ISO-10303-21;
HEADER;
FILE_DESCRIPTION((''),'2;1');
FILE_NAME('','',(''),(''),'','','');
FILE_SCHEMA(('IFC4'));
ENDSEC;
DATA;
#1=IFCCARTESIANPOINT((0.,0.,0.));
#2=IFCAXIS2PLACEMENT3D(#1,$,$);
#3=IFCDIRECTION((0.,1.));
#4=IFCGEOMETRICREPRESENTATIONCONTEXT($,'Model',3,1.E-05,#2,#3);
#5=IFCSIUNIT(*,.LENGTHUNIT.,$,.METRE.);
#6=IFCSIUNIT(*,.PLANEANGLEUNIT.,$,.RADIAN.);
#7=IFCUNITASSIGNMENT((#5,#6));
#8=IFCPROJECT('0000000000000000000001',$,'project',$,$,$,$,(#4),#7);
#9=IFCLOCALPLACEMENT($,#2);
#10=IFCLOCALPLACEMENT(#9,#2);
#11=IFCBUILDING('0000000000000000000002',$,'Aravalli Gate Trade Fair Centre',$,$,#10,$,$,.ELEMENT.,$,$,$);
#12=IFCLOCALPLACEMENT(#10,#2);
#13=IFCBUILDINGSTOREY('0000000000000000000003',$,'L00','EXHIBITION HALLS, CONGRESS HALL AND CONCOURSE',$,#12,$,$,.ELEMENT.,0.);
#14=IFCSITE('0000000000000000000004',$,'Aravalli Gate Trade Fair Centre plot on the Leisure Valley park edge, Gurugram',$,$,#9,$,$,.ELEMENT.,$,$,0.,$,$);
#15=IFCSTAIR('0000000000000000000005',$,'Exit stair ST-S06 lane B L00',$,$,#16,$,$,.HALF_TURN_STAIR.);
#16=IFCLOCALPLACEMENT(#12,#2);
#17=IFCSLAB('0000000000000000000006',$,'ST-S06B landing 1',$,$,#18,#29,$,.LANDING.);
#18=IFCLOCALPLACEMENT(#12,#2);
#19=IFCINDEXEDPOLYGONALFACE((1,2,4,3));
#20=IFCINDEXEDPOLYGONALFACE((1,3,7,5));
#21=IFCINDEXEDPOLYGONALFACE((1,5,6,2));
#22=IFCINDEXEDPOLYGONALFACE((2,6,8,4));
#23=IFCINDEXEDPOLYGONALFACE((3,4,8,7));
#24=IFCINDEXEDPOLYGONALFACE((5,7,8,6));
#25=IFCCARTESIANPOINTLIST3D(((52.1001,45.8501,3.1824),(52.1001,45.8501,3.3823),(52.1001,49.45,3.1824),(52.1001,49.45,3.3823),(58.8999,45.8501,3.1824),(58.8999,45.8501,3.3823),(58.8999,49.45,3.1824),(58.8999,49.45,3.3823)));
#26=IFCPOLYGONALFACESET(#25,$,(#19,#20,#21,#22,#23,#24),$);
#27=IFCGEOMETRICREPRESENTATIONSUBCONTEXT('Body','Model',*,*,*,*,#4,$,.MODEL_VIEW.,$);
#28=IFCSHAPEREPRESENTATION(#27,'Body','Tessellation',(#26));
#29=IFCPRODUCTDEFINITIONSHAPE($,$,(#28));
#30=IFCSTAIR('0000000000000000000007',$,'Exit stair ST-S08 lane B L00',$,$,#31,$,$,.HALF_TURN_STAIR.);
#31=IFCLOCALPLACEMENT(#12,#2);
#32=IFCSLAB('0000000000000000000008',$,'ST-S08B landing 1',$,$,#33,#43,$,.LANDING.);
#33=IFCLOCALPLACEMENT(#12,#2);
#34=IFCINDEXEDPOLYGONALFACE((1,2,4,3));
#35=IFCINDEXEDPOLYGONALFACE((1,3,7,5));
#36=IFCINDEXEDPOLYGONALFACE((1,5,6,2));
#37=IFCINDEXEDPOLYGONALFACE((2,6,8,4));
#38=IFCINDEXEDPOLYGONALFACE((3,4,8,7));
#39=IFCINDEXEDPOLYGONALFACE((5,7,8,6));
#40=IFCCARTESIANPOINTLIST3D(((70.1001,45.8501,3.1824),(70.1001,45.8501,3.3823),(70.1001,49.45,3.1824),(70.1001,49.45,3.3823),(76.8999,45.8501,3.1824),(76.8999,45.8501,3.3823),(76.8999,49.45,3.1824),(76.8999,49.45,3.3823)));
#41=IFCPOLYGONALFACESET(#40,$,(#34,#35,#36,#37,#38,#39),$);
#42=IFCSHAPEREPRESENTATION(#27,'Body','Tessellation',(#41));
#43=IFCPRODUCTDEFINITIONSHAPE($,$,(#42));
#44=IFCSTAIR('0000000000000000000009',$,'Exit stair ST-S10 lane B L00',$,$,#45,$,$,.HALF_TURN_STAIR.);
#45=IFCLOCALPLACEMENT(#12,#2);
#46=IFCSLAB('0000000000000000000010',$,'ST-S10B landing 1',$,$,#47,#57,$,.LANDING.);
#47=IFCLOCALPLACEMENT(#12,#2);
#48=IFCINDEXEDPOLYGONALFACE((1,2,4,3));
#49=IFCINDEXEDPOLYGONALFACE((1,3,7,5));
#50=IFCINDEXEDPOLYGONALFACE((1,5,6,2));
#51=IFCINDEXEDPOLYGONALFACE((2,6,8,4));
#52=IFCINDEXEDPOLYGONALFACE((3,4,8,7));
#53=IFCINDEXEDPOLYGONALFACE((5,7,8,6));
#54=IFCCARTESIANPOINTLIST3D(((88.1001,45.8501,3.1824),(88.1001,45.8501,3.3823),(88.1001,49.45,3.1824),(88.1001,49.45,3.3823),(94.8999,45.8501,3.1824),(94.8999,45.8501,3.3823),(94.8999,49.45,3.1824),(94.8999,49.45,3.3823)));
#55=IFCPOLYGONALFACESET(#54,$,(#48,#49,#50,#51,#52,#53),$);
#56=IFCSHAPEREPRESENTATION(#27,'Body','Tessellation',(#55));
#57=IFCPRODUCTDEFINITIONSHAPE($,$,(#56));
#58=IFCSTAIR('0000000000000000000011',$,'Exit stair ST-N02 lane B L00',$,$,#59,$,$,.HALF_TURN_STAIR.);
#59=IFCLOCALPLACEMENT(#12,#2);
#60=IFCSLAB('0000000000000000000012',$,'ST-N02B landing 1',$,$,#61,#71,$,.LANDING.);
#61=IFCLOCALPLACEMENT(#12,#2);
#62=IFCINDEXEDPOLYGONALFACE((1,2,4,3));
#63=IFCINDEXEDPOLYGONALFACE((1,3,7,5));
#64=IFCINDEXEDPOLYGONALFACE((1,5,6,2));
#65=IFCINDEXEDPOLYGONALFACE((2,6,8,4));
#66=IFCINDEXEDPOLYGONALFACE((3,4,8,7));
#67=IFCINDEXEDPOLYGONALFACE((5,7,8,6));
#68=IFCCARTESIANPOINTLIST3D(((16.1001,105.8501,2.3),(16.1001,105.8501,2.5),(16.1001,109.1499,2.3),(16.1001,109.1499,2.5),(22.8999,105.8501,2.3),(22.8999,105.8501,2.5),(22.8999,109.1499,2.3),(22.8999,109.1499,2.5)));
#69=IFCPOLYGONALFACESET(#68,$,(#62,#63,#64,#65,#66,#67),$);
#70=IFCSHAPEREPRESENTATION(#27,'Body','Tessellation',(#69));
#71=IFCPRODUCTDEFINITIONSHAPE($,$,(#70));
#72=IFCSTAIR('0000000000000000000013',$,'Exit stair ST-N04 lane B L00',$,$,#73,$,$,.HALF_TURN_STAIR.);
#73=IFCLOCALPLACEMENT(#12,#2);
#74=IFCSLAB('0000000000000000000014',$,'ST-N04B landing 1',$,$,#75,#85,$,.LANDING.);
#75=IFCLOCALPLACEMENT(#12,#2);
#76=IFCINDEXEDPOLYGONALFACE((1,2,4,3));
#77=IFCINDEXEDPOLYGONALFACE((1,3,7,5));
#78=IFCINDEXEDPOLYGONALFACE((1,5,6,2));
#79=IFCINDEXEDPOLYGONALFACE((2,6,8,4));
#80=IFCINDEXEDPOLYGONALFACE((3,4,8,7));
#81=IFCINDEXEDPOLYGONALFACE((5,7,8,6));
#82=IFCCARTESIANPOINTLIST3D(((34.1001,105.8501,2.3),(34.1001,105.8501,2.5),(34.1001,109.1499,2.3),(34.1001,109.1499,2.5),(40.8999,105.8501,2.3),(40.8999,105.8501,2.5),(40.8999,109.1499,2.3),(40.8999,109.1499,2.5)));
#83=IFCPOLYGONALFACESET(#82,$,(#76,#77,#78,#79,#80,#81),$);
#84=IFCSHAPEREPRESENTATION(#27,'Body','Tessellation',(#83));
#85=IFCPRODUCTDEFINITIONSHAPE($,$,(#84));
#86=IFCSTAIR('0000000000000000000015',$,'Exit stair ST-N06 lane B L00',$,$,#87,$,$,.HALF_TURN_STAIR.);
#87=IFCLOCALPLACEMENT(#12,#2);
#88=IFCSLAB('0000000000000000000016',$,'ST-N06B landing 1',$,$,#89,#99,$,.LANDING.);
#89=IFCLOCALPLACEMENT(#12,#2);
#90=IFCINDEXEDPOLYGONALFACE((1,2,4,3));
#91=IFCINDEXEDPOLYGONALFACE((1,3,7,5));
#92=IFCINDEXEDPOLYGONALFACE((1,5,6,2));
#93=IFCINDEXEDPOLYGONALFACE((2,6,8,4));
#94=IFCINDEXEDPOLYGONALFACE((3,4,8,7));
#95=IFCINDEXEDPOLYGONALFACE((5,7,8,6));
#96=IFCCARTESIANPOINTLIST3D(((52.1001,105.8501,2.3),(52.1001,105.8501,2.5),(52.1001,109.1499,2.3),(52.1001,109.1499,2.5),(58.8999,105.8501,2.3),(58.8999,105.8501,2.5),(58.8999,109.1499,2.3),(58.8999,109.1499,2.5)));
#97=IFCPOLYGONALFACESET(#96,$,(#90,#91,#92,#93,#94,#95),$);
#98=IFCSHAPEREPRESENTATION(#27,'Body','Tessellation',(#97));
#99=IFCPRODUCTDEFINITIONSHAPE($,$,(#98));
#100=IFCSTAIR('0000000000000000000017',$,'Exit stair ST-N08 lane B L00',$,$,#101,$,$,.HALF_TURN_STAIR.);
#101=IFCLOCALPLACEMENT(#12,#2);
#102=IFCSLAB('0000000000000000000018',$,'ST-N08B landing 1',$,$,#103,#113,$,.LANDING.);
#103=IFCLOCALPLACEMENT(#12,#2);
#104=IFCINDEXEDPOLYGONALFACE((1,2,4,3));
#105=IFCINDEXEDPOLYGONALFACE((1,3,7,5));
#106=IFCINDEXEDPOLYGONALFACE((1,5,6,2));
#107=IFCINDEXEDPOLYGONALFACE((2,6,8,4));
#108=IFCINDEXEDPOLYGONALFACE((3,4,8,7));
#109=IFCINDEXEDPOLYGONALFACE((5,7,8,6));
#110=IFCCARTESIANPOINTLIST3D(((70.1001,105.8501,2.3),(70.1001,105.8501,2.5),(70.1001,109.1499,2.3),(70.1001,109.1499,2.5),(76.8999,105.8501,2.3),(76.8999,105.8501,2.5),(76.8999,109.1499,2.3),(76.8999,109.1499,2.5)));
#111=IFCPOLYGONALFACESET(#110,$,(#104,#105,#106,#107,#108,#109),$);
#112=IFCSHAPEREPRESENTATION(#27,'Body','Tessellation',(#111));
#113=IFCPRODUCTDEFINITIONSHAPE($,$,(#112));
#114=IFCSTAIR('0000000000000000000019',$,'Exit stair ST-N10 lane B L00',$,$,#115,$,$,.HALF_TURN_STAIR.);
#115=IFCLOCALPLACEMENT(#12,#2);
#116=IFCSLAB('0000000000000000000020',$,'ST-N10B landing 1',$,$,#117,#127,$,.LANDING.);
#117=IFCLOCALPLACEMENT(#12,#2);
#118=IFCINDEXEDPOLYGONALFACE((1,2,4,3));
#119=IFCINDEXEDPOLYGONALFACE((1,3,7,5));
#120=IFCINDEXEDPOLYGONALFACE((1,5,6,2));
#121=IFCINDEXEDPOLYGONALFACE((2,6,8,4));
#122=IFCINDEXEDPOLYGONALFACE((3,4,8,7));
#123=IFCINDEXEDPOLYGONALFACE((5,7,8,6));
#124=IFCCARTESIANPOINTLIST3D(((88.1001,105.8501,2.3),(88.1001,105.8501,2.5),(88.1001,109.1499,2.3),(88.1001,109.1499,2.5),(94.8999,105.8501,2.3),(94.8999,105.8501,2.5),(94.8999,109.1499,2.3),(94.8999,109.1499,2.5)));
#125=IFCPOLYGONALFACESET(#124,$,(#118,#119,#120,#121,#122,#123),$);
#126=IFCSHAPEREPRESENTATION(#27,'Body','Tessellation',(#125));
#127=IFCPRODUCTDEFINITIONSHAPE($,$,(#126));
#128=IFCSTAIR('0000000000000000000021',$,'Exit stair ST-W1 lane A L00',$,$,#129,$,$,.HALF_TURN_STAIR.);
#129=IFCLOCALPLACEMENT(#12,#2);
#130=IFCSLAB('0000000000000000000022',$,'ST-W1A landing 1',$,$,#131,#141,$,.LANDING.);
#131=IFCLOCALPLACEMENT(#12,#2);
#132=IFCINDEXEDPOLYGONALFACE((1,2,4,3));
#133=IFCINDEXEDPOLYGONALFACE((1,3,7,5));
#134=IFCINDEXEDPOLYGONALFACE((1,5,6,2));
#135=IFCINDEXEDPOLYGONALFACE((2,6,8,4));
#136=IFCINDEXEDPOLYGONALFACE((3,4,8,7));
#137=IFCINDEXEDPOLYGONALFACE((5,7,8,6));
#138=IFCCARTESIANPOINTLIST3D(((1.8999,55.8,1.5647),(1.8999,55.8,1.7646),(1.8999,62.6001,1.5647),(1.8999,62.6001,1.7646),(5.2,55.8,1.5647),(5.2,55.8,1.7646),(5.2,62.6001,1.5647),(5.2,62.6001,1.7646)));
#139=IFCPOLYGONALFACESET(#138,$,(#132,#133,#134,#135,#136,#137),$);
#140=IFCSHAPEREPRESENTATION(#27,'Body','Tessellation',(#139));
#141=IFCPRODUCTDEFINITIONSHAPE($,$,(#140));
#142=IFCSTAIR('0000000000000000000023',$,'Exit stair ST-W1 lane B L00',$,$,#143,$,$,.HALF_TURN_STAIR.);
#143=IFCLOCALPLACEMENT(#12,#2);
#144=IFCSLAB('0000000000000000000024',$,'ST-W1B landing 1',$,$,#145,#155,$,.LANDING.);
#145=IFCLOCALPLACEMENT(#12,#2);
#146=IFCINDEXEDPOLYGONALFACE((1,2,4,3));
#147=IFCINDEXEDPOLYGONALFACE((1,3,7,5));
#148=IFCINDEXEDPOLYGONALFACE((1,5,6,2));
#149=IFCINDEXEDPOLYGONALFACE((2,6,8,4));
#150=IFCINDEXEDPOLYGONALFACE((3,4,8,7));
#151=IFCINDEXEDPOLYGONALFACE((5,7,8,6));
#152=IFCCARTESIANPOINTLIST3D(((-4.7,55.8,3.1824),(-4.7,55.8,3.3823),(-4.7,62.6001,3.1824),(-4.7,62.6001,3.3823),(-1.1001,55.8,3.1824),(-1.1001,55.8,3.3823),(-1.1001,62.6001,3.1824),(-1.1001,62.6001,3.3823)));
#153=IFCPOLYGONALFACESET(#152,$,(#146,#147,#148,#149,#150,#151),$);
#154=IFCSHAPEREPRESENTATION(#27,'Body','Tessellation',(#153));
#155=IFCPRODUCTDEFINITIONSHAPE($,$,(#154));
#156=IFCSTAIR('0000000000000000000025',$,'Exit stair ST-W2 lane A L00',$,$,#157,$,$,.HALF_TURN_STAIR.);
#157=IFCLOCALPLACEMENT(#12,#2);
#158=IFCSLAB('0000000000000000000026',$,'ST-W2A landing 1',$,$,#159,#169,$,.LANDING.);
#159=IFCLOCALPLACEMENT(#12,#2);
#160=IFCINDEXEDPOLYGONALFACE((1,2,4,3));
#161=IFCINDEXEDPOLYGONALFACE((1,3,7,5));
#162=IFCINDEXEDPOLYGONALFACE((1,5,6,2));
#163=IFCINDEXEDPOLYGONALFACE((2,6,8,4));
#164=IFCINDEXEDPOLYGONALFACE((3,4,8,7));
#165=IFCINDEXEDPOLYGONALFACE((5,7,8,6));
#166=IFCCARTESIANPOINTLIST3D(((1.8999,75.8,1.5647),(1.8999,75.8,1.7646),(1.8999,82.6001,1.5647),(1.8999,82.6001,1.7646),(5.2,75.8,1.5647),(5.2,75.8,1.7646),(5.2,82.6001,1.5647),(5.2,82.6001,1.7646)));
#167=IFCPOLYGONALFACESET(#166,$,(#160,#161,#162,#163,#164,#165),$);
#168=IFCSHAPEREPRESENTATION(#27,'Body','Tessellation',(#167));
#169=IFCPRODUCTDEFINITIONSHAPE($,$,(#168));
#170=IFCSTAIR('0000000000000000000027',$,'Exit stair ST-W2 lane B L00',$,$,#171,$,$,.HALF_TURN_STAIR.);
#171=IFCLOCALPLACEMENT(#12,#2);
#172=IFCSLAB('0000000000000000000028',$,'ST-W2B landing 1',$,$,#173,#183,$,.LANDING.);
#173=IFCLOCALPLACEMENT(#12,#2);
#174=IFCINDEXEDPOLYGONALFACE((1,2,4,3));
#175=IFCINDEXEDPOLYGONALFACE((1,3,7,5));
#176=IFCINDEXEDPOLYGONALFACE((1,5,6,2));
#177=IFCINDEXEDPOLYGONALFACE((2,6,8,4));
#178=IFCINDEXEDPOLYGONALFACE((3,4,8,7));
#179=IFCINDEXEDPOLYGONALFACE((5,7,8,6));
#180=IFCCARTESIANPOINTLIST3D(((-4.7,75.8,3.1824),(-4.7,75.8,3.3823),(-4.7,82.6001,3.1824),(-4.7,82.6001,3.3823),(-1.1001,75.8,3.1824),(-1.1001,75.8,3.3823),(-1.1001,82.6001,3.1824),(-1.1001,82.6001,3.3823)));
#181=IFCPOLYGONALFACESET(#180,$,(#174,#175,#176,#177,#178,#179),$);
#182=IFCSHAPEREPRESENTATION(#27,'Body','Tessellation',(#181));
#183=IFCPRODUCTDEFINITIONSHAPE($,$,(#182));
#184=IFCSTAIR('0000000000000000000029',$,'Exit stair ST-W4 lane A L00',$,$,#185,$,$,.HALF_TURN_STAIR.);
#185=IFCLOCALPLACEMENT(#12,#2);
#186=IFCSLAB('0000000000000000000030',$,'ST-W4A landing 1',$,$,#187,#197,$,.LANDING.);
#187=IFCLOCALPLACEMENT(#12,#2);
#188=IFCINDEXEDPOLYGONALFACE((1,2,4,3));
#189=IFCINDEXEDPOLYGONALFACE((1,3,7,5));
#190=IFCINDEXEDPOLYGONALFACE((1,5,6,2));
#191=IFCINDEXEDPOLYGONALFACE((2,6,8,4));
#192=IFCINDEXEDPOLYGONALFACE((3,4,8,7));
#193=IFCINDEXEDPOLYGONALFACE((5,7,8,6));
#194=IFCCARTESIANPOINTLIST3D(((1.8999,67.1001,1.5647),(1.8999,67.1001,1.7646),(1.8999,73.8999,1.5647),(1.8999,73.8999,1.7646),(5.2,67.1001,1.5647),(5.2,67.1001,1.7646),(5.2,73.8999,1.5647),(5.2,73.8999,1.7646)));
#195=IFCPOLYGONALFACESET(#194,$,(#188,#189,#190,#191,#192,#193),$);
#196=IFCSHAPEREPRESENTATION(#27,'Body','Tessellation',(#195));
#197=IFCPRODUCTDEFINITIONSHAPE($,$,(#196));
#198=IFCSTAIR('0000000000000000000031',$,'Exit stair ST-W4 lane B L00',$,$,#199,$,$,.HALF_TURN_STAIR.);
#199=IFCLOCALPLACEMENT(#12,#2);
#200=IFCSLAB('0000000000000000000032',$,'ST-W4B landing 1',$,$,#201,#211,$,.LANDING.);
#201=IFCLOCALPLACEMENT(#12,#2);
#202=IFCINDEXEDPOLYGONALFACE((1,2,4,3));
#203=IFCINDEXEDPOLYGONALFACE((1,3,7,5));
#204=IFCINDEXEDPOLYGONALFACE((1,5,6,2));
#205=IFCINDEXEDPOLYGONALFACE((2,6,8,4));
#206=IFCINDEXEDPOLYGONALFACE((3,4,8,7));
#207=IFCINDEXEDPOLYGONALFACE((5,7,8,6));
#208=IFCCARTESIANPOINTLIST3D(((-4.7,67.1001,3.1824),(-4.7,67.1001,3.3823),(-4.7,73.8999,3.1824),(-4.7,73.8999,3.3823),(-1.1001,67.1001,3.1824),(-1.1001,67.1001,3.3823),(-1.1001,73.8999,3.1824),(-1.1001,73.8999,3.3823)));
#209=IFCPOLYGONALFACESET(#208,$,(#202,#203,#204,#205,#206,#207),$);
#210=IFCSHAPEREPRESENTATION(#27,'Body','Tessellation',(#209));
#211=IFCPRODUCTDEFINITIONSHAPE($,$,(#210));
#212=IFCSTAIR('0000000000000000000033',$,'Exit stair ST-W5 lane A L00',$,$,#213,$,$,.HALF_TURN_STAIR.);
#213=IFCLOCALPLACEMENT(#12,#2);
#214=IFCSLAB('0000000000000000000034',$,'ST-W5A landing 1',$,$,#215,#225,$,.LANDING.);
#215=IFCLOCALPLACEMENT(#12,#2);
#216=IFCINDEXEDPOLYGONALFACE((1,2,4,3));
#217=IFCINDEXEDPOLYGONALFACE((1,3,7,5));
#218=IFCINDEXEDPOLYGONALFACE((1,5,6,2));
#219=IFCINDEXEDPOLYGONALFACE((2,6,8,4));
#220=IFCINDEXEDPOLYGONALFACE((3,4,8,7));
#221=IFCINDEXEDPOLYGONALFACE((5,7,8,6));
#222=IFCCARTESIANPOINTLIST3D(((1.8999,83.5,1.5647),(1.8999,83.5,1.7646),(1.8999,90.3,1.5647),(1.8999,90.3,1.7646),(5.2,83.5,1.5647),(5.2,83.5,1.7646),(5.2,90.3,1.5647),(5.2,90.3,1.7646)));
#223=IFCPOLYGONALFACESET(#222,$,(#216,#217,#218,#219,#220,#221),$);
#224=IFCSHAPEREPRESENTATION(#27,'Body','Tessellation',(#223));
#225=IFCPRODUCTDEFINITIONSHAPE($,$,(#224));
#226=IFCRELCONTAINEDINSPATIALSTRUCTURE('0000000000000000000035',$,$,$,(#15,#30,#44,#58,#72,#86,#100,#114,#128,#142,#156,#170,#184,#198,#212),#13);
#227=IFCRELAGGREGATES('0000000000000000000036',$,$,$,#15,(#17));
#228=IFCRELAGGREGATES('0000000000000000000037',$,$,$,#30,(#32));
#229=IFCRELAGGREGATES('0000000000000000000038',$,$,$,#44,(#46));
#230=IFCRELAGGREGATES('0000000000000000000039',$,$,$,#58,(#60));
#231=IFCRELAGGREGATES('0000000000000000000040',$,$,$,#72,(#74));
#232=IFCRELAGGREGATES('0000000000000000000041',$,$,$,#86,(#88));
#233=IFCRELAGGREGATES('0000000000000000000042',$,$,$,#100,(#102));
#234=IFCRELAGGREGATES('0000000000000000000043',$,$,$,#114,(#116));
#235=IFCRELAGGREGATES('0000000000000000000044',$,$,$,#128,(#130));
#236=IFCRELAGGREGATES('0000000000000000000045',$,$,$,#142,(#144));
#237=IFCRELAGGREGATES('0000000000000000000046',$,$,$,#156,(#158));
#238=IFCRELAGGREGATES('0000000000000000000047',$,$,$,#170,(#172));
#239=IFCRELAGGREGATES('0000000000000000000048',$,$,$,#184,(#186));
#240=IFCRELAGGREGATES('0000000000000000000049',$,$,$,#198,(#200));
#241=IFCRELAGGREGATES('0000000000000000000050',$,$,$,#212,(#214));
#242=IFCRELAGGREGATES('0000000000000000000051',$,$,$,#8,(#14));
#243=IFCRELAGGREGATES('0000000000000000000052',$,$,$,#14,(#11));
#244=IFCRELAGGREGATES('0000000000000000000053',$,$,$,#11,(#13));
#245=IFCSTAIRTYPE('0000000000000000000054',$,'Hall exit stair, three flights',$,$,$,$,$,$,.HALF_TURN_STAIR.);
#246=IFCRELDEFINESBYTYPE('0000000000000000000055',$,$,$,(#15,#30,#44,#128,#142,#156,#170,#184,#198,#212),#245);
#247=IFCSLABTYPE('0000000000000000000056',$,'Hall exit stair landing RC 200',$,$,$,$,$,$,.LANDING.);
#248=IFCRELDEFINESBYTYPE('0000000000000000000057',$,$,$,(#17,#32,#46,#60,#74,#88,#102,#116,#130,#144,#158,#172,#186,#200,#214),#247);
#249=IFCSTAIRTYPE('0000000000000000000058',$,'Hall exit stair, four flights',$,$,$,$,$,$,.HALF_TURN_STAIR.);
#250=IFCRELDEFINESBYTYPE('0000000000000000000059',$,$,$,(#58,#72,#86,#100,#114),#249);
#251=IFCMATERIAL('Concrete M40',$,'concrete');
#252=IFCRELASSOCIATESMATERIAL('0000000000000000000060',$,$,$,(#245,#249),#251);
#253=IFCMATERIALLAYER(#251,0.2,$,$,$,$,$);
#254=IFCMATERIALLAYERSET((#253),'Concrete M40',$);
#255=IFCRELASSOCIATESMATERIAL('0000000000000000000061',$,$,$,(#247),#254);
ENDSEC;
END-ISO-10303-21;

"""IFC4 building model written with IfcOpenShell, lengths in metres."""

from ifc_helpers import new_model, si_unit, direction, frame, origin, place, context, subcontext, project, spatial, polyline, outline, extrude, material, layer, layer_set, type_object, element, aggregate, save


model = new_model("IFC4")

# Units and contexts
model_context = context("Model", 3, precision=1e-05, world=origin(), true_north=direction((0.0, 1.0)))
body_context = subcontext(model_context, "Body", "Model", "MODEL_VIEW")
ifc_project = project(units=[si_unit("LENGTHUNIT", "METRE"), si_unit("PLANEANGLEUNIT", "RADIAN")], contexts=[model_context])

# Site, building, storey
site_placement = place(None, origin())
site = spatial("IfcSite", under=ifc_project, at=site_placement, Name="Aravalli Gate Trade Fair Centre plot on the Leisure Valley park edge, Gurugram", CompositionType="ELEMENT", RefElevation=0.0)
building_placement = place(site_placement, origin())
building = spatial("IfcBuilding", under=site, at=building_placement, Name="Aravalli Gate Trade Fair Centre", CompositionType="ELEMENT")
storey_placement = place(building_placement, origin())
storey = spatial("IfcBuildingStorey", under=building, at=storey_placement, Name="L00", Description="EXHIBITION HALLS, CONGRESS HALL AND CONCOURSE", CompositionType="ELEMENT", Elevation=0.0)

# Stairs, slabs
ifc_material_1 = material(Name="Concrete M40", Category="concrete")
stair_type_1 = type_object("IfcStairType", Name="Hall exit stair, three flights", PredefinedType="HALF_TURN_STAIR", material=ifc_material_1)
ifc_layer_1 = layer(ifc_material_1, 0.2)
ifc_layer_set_1 = layer_set([ifc_layer_1], Name="Concrete M40")
slab_type_1 = type_object("IfcSlabType", Name="Hall exit stair landing RC 200", PredefinedType="LANDING", material=ifc_layer_set_1)
stair_1_placement = place(storey_placement, origin())
stair_1 = element("IfcStair", 1, at=stair_1_placement, inside=storey, type_object=stair_type_1, Name="Exit stair ST-S06 lane B L00", PredefinedType="HALF_TURN_STAIR")
slab_1_placement = place(storey_placement, frame((0.0, 0.0, 3.1824)))
slab_1 = element("IfcSlab", 2, at=slab_1_placement, type_object=slab_type_1, Name="ST-S06B landing 1", PredefinedType="LANDING", context=body_context, shape_type="SweptSolid", body=[
    extrude(outline(polyline([(52.1001, 45.8501), (58.8999, 45.8501), (58.8999, 49.45), (52.1001, 49.45), (52.1001, 45.8501)])), origin(), (0.0, 0.0, 1.0), 0.2),
])
aggregate(stair_1, [slab_1])
stair_2_placement = place(storey_placement, origin())
stair_2 = element("IfcStair", 3, at=stair_2_placement, inside=storey, type_object=stair_type_1, Name="Exit stair ST-S08 lane B L00", PredefinedType="HALF_TURN_STAIR")
slab_2_placement = place(storey_placement, frame((0.0, 0.0, 3.1824)))
slab_2 = element("IfcSlab", 4, at=slab_2_placement, type_object=slab_type_1, Name="ST-S08B landing 1", PredefinedType="LANDING", context=body_context, shape_type="SweptSolid", body=[
    extrude(outline(polyline([(70.1001, 45.8501), (76.8999, 45.8501), (76.8999, 49.45), (70.1001, 49.45), (70.1001, 45.8501)])), origin(), (0.0, 0.0, 1.0), 0.2),
])
aggregate(stair_2, [slab_2])
stair_3_placement = place(storey_placement, origin())
stair_3 = element("IfcStair", 5, at=stair_3_placement, inside=storey, type_object=stair_type_1, Name="Exit stair ST-S10 lane B L00", PredefinedType="HALF_TURN_STAIR")
slab_3_placement = place(storey_placement, frame((0.0, 0.0, 3.1824)))
slab_3 = element("IfcSlab", 6, at=slab_3_placement, type_object=slab_type_1, Name="ST-S10B landing 1", PredefinedType="LANDING", context=body_context, shape_type="SweptSolid", body=[
    extrude(outline(polyline([(88.1001, 45.8501), (94.8999, 45.8501), (94.8999, 49.45), (88.1001, 49.45), (88.1001, 45.8501)])), origin(), (0.0, 0.0, 1.0), 0.2),
])
aggregate(stair_3, [slab_3])
stair_type_2 = type_object("IfcStairType", Name="Hall exit stair, four flights", PredefinedType="HALF_TURN_STAIR", material=ifc_material_1)
stair_4_placement = place(storey_placement, origin())
stair_4 = element("IfcStair", 7, at=stair_4_placement, inside=storey, type_object=stair_type_2, Name="Exit stair ST-N02 lane B L00", PredefinedType="HALF_TURN_STAIR")
slab_4_placement = place(storey_placement, frame((0.0, 0.0, 2.3)))
slab_4 = element("IfcSlab", 8, at=slab_4_placement, type_object=slab_type_1, Name="ST-N02B landing 1", PredefinedType="LANDING", context=body_context, shape_type="SweptSolid", body=[
    extrude(outline(polyline([(16.1001, 109.1499), (22.8999, 109.1499), (22.8999, 105.8501), (16.1001, 105.8501), (16.1001, 109.1499)])), origin(), (0.0, 0.0, 1.0), 0.2),
])
aggregate(stair_4, [slab_4])
stair_5_placement = place(storey_placement, origin())
stair_5 = element("IfcStair", 9, at=stair_5_placement, inside=storey, type_object=stair_type_2, Name="Exit stair ST-N04 lane B L00", PredefinedType="HALF_TURN_STAIR")
slab_5_placement = place(storey_placement, frame((0.0, 0.0, 2.3)))
slab_5 = element("IfcSlab", 10, at=slab_5_placement, type_object=slab_type_1, Name="ST-N04B landing 1", PredefinedType="LANDING", context=body_context, shape_type="SweptSolid", body=[
    extrude(outline(polyline([(34.1001, 109.1499), (40.8999, 109.1499), (40.8999, 105.8501), (34.1001, 105.8501), (34.1001, 109.1499)])), origin(), (0.0, 0.0, 1.0), 0.2),
])
aggregate(stair_5, [slab_5])
stair_6_placement = place(storey_placement, origin())
stair_6 = element("IfcStair", 11, at=stair_6_placement, inside=storey, type_object=stair_type_2, Name="Exit stair ST-N06 lane B L00", PredefinedType="HALF_TURN_STAIR")
slab_6_placement = place(storey_placement, frame((0.0, 0.0, 2.3)))
slab_6 = element("IfcSlab", 12, at=slab_6_placement, type_object=slab_type_1, Name="ST-N06B landing 1", PredefinedType="LANDING", context=body_context, shape_type="SweptSolid", body=[
    extrude(outline(polyline([(52.1001, 109.1499), (58.8999, 109.1499), (58.8999, 105.8501), (52.1001, 105.8501), (52.1001, 109.1499)])), origin(), (0.0, 0.0, 1.0), 0.2),
])
aggregate(stair_6, [slab_6])
stair_7_placement = place(storey_placement, origin())
stair_7 = element("IfcStair", 13, at=stair_7_placement, inside=storey, type_object=stair_type_2, Name="Exit stair ST-N08 lane B L00", PredefinedType="HALF_TURN_STAIR")
slab_7_placement = place(storey_placement, frame((0.0, 0.0, 2.3)))
slab_7 = element("IfcSlab", 14, at=slab_7_placement, type_object=slab_type_1, Name="ST-N08B landing 1", PredefinedType="LANDING", context=body_context, shape_type="SweptSolid", body=[
    extrude(outline(polyline([(70.1001, 109.1499), (76.8999, 109.1499), (76.8999, 105.8501), (70.1001, 105.8501), (70.1001, 109.1499)])), origin(), (0.0, 0.0, 1.0), 0.2),
])
aggregate(stair_7, [slab_7])
stair_8_placement = place(storey_placement, origin())
stair_8 = element("IfcStair", 15, at=stair_8_placement, inside=storey, type_object=stair_type_2, Name="Exit stair ST-N10 lane B L00", PredefinedType="HALF_TURN_STAIR")
slab_8_placement = place(storey_placement, frame((0.0, 0.0, 2.3)))
slab_8 = element("IfcSlab", 16, at=slab_8_placement, type_object=slab_type_1, Name="ST-N10B landing 1", PredefinedType="LANDING", context=body_context, shape_type="SweptSolid", body=[
    extrude(outline(polyline([(88.1001, 109.1499), (94.8999, 109.1499), (94.8999, 105.8501), (88.1001, 105.8501), (88.1001, 109.1499)])), origin(), (0.0, 0.0, 1.0), 0.2),
])
aggregate(stair_8, [slab_8])
stair_9_placement = place(storey_placement, origin())
stair_9 = element("IfcStair", 17, at=stair_9_placement, inside=storey, type_object=stair_type_1, Name="Exit stair ST-W1 lane A L00", PredefinedType="HALF_TURN_STAIR")
slab_9_placement = place(storey_placement, frame((0.0, 0.0, 1.5647)))
slab_9 = element("IfcSlab", 18, at=slab_9_placement, type_object=slab_type_1, Name="ST-W1A landing 1", PredefinedType="LANDING", context=body_context, shape_type="SweptSolid", body=[
    extrude(outline(polyline([(5.2, 55.8), (5.2, 62.6001), (1.8999, 62.6001), (1.8999, 55.8), (5.2, 55.8)])), origin(), (0.0, 0.0, 1.0), 0.2),
])
aggregate(stair_9, [slab_9])
stair_10_placement = place(storey_placement, origin())
stair_10 = element("IfcStair", 19, at=stair_10_placement, inside=storey, type_object=stair_type_1, Name="Exit stair ST-W1 lane B L00", PredefinedType="HALF_TURN_STAIR")
slab_10_placement = place(storey_placement, frame((0.0, 0.0, 3.1824)))
slab_10 = element("IfcSlab", 20, at=slab_10_placement, type_object=slab_type_1, Name="ST-W1B landing 1", PredefinedType="LANDING", context=body_context, shape_type="SweptSolid", body=[
    extrude(outline(polyline([(-1.1001, 55.8), (-1.1001, 62.6001), (-4.7, 62.6001), (-4.7, 55.8), (-1.1001, 55.8)])), origin(), (0.0, 0.0, 1.0), 0.2),
])
aggregate(stair_10, [slab_10])
stair_11_placement = place(storey_placement, origin())
stair_11 = element("IfcStair", 21, at=stair_11_placement, inside=storey, type_object=stair_type_1, Name="Exit stair ST-W2 lane A L00", PredefinedType="HALF_TURN_STAIR")
slab_11_placement = place(storey_placement, frame((0.0, 0.0, 1.5647)))
slab_11 = element("IfcSlab", 22, at=slab_11_placement, type_object=slab_type_1, Name="ST-W2A landing 1", PredefinedType="LANDING", context=body_context, shape_type="SweptSolid", body=[
    extrude(outline(polyline([(5.2, 75.8), (5.2, 82.6001), (1.8999, 82.6001), (1.8999, 75.8), (5.2, 75.8)])), origin(), (0.0, 0.0, 1.0), 0.2),
])
aggregate(stair_11, [slab_11])
stair_12_placement = place(storey_placement, origin())
stair_12 = element("IfcStair", 23, at=stair_12_placement, inside=storey, type_object=stair_type_1, Name="Exit stair ST-W2 lane B L00", PredefinedType="HALF_TURN_STAIR")
slab_12_placement = place(storey_placement, frame((0.0, 0.0, 3.1824)))
slab_12 = element("IfcSlab", 24, at=slab_12_placement, type_object=slab_type_1, Name="ST-W2B landing 1", PredefinedType="LANDING", context=body_context, shape_type="SweptSolid", body=[
    extrude(outline(polyline([(-1.1001, 75.8), (-1.1001, 82.6001), (-4.7, 82.6001), (-4.7, 75.8), (-1.1001, 75.8)])), origin(), (0.0, 0.0, 1.0), 0.2),
])
aggregate(stair_12, [slab_12])
stair_13_placement = place(storey_placement, origin())
stair_13 = element("IfcStair", 25, at=stair_13_placement, inside=storey, type_object=stair_type_1, Name="Exit stair ST-W4 lane A L00", PredefinedType="HALF_TURN_STAIR")
slab_13_placement = place(storey_placement, frame((0.0, 0.0, 1.5647)))
slab_13 = element("IfcSlab", 26, at=slab_13_placement, type_object=slab_type_1, Name="ST-W4A landing 1", PredefinedType="LANDING", context=body_context, shape_type="SweptSolid", body=[
    extrude(outline(polyline([(5.2, 67.1001), (5.2, 73.8999), (1.8999, 73.8999), (1.8999, 67.1001), (5.2, 67.1001)])), origin(), (0.0, 0.0, 1.0), 0.2),
])
aggregate(stair_13, [slab_13])
stair_14_placement = place(storey_placement, origin())
stair_14 = element("IfcStair", 27, at=stair_14_placement, inside=storey, type_object=stair_type_1, Name="Exit stair ST-W4 lane B L00", PredefinedType="HALF_TURN_STAIR")
slab_14_placement = place(storey_placement, frame((0.0, 0.0, 3.1824)))
slab_14 = element("IfcSlab", 28, at=slab_14_placement, type_object=slab_type_1, Name="ST-W4B landing 1", PredefinedType="LANDING", context=body_context, shape_type="SweptSolid", body=[
    extrude(outline(polyline([(-1.1001, 67.1001), (-1.1001, 73.8999), (-4.7, 73.8999), (-4.7, 67.1001), (-1.1001, 67.1001)])), origin(), (0.0, 0.0, 1.0), 0.2),
])
aggregate(stair_14, [slab_14])
stair_15_placement = place(storey_placement, origin())
stair_15 = element("IfcStair", 29, at=stair_15_placement, inside=storey, type_object=stair_type_1, Name="Exit stair ST-W5 lane A L00", PredefinedType="HALF_TURN_STAIR")
slab_15_placement = place(storey_placement, frame((0.0, 0.0, 1.5647)))
slab_15 = element("IfcSlab", 30, at=slab_15_placement, type_object=slab_type_1, Name="ST-W5A landing 1", PredefinedType="LANDING", context=body_context, shape_type="SweptSolid", body=[
    extrude(outline(polyline([(5.2, 83.5), (5.2, 90.3), (1.8999, 90.3), (1.8999, 83.5), (5.2, 83.5)])), origin(), (0.0, 0.0, 1.0), 0.2),
])
aggregate(stair_15, [slab_15])

save(model, "model.ifc")
